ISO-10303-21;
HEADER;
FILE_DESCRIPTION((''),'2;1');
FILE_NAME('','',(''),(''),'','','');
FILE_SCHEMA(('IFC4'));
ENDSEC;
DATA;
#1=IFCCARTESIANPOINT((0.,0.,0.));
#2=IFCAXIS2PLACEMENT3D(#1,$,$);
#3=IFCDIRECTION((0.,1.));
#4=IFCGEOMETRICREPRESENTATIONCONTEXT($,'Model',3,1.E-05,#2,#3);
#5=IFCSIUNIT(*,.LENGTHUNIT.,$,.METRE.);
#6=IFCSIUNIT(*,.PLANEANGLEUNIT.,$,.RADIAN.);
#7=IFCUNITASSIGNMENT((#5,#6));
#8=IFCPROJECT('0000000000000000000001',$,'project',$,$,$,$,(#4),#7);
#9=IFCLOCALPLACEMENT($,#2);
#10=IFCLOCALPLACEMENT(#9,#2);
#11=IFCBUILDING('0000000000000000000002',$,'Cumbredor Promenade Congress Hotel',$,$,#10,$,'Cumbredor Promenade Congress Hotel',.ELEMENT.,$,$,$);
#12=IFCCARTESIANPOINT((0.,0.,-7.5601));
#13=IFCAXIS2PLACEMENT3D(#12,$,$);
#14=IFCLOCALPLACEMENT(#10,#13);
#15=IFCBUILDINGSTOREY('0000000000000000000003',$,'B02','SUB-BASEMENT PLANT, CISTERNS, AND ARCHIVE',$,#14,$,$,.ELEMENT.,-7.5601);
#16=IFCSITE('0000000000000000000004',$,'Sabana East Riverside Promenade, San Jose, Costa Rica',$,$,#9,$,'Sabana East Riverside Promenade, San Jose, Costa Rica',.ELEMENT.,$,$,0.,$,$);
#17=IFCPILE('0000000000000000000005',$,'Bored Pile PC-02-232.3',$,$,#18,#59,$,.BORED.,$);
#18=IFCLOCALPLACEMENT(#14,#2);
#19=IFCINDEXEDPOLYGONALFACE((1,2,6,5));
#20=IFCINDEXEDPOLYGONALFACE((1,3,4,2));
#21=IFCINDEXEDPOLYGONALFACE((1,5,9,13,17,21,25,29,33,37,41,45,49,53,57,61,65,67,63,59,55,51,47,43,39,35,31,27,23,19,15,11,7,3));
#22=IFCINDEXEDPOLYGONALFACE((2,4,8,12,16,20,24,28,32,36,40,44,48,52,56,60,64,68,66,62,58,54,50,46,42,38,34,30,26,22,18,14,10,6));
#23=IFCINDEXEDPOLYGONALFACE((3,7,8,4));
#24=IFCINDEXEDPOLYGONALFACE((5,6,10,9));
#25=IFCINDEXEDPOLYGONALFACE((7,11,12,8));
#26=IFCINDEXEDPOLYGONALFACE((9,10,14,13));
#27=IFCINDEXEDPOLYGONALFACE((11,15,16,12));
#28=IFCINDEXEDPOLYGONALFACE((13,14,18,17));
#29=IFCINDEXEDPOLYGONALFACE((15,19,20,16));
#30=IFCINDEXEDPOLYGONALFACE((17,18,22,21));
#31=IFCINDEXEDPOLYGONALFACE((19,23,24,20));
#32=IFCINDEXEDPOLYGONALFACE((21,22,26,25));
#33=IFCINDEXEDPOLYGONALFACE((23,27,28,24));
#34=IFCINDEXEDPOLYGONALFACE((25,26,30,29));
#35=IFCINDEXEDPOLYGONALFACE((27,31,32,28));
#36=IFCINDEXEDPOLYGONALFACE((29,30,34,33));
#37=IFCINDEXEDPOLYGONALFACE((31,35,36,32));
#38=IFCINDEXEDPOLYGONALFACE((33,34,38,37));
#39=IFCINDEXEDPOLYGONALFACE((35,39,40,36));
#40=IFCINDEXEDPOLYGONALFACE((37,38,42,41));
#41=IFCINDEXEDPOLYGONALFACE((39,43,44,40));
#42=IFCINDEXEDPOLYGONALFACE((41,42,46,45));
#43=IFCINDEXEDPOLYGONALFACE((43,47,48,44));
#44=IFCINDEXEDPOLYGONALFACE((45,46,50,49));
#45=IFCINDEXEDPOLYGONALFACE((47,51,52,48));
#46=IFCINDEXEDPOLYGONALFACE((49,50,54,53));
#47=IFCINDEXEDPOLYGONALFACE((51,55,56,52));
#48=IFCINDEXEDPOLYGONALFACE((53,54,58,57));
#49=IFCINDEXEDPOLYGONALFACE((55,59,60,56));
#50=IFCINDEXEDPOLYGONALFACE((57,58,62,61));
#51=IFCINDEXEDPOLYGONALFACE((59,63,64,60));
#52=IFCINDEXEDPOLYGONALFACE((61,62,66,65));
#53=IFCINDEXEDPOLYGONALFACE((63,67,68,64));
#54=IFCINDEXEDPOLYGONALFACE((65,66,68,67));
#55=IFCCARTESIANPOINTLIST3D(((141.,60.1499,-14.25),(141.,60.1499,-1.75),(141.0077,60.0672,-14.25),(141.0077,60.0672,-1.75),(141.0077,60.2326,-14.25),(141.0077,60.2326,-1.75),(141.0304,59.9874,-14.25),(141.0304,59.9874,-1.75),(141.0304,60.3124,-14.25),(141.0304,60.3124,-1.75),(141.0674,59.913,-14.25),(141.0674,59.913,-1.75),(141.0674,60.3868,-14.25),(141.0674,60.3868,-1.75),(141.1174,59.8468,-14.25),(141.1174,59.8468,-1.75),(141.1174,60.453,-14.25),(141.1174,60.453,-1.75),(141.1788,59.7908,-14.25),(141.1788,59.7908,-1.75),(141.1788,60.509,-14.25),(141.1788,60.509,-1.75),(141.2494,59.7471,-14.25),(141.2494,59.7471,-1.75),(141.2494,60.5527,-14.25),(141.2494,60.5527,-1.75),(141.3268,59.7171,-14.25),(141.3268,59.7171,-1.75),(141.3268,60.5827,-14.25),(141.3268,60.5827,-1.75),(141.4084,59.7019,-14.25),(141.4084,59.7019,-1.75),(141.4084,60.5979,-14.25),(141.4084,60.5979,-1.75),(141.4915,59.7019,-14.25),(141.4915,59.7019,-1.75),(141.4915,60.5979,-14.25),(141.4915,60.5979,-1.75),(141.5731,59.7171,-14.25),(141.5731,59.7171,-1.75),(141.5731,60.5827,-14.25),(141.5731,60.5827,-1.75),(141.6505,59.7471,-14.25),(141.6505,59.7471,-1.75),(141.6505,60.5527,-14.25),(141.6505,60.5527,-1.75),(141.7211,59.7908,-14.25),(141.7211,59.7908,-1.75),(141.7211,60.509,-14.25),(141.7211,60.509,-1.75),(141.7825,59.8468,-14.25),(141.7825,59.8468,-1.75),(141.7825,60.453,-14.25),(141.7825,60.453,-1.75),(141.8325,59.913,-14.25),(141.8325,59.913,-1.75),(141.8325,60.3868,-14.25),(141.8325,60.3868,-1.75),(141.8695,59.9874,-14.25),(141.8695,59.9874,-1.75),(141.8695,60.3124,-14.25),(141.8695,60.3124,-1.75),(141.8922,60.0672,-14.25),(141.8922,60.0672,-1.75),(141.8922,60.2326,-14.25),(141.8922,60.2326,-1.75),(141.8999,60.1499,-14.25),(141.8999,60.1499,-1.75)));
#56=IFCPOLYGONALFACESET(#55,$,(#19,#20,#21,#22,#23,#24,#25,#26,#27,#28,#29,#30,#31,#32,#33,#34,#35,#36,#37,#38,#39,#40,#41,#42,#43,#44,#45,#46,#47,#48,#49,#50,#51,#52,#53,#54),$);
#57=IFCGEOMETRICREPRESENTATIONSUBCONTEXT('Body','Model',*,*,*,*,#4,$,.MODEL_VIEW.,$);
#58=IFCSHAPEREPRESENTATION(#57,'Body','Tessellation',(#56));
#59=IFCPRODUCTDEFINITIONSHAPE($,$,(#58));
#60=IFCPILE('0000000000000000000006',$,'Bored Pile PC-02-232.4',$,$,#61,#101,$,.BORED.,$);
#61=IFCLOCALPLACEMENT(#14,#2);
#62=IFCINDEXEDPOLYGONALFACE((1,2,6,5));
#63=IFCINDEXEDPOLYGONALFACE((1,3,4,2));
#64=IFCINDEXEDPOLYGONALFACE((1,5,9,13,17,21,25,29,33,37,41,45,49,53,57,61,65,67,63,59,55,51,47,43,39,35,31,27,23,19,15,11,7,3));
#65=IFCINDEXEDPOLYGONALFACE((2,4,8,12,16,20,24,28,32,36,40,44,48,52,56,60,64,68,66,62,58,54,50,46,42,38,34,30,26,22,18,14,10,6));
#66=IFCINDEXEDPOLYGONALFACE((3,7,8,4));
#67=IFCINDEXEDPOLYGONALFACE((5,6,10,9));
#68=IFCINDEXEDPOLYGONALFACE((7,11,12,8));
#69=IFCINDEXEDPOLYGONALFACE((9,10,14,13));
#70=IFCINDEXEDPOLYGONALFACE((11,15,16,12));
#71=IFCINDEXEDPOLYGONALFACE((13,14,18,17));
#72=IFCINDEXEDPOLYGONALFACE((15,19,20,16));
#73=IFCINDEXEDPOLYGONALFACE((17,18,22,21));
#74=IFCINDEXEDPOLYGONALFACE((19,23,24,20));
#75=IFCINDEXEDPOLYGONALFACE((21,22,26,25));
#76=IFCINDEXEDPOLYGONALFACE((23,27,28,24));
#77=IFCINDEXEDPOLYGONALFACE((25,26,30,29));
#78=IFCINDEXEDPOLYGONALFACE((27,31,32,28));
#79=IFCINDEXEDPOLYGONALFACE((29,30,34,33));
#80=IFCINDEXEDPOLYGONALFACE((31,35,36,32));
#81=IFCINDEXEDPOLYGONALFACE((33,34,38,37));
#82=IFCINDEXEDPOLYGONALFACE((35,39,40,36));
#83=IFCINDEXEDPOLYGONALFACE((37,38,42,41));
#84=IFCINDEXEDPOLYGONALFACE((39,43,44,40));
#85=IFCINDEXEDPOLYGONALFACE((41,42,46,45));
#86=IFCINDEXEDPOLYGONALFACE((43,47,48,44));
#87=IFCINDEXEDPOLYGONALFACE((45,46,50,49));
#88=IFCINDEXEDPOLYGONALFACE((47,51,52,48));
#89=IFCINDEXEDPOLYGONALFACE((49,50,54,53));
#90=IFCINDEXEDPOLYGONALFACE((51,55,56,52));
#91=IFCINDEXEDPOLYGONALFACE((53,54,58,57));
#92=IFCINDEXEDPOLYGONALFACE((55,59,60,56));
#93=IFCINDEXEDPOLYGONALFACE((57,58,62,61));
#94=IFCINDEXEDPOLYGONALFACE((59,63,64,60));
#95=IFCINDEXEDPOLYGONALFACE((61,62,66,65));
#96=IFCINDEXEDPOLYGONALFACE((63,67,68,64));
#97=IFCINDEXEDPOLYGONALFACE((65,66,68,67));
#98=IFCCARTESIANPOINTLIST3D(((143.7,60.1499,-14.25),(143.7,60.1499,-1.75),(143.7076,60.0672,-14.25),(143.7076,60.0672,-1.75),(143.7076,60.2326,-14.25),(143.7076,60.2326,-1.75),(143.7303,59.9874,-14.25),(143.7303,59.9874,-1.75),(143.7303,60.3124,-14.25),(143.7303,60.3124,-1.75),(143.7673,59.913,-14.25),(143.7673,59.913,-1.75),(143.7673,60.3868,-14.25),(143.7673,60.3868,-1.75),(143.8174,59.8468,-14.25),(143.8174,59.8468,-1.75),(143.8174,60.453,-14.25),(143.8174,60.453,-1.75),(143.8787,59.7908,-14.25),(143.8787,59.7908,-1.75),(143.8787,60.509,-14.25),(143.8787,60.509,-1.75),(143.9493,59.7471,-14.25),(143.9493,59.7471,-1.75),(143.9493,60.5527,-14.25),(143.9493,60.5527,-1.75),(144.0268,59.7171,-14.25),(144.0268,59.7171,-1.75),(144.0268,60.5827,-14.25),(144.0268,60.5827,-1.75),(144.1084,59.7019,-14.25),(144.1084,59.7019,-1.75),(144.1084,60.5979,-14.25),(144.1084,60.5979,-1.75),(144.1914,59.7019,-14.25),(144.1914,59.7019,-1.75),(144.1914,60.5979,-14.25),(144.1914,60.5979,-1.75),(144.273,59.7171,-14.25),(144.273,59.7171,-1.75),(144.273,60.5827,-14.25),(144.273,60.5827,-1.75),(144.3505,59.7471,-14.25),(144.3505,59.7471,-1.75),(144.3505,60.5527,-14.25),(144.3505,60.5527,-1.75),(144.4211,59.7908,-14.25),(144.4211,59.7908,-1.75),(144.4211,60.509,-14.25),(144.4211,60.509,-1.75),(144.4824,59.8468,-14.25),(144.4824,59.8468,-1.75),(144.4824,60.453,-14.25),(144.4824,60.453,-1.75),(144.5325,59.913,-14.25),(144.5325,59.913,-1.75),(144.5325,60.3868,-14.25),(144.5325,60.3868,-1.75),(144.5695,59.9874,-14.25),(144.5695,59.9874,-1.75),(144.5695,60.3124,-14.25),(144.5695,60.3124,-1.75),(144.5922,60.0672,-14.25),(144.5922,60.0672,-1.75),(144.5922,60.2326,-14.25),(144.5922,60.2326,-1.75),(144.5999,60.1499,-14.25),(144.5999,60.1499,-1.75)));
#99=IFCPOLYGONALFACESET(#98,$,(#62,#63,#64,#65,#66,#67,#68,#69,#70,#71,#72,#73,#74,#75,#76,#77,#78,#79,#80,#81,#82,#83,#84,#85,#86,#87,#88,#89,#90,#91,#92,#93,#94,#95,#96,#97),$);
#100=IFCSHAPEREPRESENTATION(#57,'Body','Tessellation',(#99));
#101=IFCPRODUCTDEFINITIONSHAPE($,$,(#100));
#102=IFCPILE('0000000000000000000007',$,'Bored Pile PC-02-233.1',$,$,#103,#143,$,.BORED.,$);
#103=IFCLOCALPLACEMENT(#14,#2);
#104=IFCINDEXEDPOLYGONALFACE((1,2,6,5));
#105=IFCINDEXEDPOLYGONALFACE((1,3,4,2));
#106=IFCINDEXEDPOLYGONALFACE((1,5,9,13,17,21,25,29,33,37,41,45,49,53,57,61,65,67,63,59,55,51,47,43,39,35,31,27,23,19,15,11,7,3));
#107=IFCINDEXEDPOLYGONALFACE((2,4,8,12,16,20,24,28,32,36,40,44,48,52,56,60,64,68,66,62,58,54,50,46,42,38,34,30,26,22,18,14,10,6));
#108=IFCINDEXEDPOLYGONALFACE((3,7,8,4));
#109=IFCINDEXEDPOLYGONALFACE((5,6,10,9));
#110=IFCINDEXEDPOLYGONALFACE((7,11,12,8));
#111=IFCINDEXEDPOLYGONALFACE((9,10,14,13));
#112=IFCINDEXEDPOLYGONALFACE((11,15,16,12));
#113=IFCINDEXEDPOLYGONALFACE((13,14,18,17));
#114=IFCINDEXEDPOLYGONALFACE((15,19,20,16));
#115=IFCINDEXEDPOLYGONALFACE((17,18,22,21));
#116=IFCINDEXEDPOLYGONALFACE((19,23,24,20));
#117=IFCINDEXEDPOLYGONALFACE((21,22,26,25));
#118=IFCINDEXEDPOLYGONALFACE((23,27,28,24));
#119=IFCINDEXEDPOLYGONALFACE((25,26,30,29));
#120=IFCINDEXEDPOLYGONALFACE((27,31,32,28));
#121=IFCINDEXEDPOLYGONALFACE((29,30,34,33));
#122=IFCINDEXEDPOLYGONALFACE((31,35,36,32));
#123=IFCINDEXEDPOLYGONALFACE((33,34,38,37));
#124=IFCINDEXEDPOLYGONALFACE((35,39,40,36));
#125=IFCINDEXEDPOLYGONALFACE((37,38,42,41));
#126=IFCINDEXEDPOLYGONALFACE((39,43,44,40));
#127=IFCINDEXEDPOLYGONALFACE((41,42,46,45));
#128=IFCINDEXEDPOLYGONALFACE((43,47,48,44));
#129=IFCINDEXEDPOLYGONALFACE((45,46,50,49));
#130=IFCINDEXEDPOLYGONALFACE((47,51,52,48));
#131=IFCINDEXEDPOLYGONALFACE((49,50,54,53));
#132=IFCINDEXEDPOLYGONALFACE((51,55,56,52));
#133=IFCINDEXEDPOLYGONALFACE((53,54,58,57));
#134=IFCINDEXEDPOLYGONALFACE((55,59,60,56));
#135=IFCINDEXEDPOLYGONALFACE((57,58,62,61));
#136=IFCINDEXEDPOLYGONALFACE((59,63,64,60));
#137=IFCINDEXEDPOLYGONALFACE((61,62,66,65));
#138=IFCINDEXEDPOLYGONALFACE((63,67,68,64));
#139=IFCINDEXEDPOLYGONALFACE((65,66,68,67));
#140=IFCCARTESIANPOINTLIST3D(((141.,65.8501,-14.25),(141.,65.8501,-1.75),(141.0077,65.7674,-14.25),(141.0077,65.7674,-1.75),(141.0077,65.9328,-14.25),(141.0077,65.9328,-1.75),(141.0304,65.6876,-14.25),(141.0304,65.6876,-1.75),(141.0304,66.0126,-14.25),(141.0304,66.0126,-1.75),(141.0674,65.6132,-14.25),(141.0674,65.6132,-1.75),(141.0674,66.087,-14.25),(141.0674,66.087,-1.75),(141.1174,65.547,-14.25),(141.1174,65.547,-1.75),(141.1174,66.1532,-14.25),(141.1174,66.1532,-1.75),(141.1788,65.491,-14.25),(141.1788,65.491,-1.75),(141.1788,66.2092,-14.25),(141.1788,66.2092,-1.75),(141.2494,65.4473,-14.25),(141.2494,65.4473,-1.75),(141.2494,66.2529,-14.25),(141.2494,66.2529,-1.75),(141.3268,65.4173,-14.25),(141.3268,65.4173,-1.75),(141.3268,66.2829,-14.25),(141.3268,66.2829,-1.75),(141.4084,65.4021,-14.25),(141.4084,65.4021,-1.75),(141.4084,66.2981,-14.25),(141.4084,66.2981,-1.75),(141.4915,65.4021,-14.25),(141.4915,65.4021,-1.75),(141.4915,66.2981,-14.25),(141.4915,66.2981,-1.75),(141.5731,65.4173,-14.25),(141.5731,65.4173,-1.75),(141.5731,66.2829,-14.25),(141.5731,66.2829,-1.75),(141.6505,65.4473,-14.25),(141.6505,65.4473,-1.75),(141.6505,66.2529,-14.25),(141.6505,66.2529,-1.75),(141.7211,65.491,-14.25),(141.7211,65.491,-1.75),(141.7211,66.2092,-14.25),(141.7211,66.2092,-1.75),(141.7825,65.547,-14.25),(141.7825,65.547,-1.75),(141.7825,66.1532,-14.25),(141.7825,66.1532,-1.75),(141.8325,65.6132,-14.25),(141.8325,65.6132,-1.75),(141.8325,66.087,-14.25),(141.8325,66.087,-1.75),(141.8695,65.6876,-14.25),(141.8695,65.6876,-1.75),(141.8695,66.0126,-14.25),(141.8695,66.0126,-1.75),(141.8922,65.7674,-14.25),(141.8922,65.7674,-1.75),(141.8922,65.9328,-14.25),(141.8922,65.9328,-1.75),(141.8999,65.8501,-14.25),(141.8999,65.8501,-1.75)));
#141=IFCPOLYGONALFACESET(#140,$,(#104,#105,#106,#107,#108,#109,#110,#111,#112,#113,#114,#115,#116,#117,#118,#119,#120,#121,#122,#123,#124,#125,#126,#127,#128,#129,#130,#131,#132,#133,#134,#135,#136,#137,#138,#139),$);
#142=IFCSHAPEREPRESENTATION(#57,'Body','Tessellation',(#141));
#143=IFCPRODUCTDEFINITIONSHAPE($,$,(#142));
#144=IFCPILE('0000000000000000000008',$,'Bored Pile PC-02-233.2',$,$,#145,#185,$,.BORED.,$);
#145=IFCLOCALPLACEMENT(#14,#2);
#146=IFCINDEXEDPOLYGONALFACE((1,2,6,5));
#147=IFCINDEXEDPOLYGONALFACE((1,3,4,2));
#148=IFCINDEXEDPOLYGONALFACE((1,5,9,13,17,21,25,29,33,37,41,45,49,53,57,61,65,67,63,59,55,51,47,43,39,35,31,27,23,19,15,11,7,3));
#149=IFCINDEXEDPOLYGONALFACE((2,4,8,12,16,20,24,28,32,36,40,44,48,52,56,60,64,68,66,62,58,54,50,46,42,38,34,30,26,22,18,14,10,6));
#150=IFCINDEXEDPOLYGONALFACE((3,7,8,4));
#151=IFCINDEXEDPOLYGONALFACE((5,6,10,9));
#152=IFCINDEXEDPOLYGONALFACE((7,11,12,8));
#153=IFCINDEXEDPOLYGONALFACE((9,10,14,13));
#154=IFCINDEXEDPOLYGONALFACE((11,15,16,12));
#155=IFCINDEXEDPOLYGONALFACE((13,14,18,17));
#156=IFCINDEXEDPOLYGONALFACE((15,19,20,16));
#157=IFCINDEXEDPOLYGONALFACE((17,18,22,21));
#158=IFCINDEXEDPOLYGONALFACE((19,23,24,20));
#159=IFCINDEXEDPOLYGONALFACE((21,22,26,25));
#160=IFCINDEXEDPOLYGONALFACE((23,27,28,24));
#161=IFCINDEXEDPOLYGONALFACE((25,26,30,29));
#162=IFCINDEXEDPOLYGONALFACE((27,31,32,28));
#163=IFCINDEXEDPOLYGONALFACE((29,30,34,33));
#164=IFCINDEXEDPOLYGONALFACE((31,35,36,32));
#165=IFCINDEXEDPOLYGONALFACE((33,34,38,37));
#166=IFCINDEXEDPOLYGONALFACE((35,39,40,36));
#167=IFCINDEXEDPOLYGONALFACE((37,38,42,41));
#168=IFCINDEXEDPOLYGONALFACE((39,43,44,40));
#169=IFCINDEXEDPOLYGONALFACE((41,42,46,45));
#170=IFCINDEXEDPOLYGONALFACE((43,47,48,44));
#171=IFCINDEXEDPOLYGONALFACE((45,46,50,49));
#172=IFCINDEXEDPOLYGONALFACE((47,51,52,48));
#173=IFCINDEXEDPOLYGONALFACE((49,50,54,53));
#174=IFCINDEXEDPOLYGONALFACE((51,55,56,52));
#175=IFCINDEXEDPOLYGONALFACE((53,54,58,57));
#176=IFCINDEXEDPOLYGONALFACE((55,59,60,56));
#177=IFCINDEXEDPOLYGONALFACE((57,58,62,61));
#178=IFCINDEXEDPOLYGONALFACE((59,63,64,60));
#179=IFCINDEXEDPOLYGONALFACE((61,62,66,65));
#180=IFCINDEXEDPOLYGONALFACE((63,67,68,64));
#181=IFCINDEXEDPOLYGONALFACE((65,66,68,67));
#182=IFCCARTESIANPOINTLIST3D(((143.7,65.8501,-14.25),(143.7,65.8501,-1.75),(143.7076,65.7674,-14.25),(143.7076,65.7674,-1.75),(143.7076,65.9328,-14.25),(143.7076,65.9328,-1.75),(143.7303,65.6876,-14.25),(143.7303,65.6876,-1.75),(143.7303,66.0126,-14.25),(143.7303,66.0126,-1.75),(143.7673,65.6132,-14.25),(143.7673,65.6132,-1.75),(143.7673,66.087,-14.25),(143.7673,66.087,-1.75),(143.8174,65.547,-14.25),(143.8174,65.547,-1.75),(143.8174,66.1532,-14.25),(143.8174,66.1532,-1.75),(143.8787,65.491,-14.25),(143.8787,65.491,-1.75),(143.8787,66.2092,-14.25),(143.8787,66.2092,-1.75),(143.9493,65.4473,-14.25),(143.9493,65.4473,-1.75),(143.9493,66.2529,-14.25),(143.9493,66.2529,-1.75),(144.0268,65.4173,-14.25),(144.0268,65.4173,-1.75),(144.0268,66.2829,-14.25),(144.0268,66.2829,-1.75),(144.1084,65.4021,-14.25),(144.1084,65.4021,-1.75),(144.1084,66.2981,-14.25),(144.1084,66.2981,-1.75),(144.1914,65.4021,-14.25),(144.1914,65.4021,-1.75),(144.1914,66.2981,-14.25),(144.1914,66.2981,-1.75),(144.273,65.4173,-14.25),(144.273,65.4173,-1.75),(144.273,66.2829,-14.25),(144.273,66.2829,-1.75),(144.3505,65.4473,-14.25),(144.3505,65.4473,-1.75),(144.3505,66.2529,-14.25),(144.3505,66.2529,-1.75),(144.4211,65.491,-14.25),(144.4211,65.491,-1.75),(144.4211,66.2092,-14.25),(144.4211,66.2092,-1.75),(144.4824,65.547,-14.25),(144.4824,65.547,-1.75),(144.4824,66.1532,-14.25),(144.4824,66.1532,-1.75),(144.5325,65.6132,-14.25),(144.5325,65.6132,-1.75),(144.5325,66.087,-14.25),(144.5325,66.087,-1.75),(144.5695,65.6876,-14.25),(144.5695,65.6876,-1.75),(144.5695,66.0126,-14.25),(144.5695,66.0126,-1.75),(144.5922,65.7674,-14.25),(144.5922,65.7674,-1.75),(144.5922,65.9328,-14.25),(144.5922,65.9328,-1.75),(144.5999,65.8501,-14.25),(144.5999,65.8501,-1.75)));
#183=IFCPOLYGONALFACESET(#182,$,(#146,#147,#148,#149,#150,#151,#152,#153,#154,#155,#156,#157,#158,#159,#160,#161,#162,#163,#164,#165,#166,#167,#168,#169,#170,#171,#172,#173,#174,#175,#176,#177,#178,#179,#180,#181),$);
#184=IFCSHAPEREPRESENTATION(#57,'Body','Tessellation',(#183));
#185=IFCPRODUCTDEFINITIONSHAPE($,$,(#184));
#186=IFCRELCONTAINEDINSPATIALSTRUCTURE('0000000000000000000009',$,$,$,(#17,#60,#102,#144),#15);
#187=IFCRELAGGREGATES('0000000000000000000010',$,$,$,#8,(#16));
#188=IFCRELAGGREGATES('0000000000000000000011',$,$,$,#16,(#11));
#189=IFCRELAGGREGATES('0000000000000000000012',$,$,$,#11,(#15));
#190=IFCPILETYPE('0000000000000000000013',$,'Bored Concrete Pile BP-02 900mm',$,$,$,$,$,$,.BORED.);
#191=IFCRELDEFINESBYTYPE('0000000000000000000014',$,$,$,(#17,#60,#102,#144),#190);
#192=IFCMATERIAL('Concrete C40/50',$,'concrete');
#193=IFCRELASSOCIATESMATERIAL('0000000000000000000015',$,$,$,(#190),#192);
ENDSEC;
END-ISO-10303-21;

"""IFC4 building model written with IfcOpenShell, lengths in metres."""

from ifc_helpers import new_model, si_unit, direction, frame, origin, origin_2d, place, context, subcontext, project, spatial, circle, extrude, material, material_profile, profile_set, type_object, element, save


model = new_model("IFC4")

# Units and contexts
model_context = context("Model", 3, precision=1e-05, world=origin(), true_north=direction((0.0, 1.0)))
body_context = subcontext(model_context, "Body", "Model", "MODEL_VIEW")
ifc_project = project(units=[si_unit("LENGTHUNIT", "METRE"), si_unit("PLANEANGLEUNIT", "RADIAN")], contexts=[model_context])

# Site, building, storey
site_placement = place(None, origin())
site = spatial("IfcSite", under=ifc_project, at=site_placement, Name="Sabana East Riverside Promenade, San Jose, Costa Rica", LongName="Sabana East Riverside Promenade, San Jose, Costa Rica", CompositionType="ELEMENT", RefElevation=0.0)
building_placement = place(site_placement, origin())
building = spatial("IfcBuilding", under=site, at=building_placement, Name="Cumbredor Promenade Congress Hotel", LongName="Cumbredor Promenade Congress Hotel", CompositionType="ELEMENT")
storey_placement = place(building_placement, frame((0.0, 0.0, -7.5601)))
storey = spatial("IfcBuildingStorey", under=building, at=storey_placement, Name="B02", Description="SUB-BASEMENT PLANT, CISTERNS, AND ARCHIVE", CompositionType="ELEMENT", Elevation=-7.5601)

# Piles
ifc_material_1 = material(Name="Concrete C40/50", Category="concrete")
ifc_material_profile_1 = material_profile(ifc_material_1, circle(Radius=0.45, at=origin_2d()), Name="PILE D900")
ifc_profile_set_1 = profile_set([ifc_material_profile_1], Name="Concrete C40/50")
pile_type = type_object("IfcPileType", Name="Bored Concrete Pile BP-02 900mm", PredefinedType="BORED", material=ifc_profile_set_1)
for number, where, z_axis, x_axis, name in (
    (1, (141.45, 60.1499, -1.75), (0.0, 0.0, -1.0), (1.0, 0.0, 0.0), "Bored Pile PC-02-232.3"),
    (2, (144.1499, 60.1499, -1.75), (0.0, 0.0, -1.0), (1.0, 0.0, 0.0), "Bored Pile PC-02-232.4"),
    (3, (141.45, 65.8501, -1.75), (0.0, 0.0, -1.0), (1.0, 0.0, 0.0), "Bored Pile PC-02-233.1"),
    (4, (144.1499, 65.8501, -1.75), (0.0, 0.0, -1.0), (1.0, 0.0, 0.0), "Bored Pile PC-02-233.2"),
):
    element("IfcPile", number, at=place(storey_placement, frame(where, z_axis=z_axis, x_axis=x_axis)), inside=storey, type_object=pile_type, Name=name, PredefinedType="BORED", context=body_context, shape_type="SweptSolid", body=[
        extrude(circle(Radius=0.45, at=origin_2d()), origin(), (0.0, 0.0, 1.0), 12.5),
    ])

save(model, "model.ifc")
